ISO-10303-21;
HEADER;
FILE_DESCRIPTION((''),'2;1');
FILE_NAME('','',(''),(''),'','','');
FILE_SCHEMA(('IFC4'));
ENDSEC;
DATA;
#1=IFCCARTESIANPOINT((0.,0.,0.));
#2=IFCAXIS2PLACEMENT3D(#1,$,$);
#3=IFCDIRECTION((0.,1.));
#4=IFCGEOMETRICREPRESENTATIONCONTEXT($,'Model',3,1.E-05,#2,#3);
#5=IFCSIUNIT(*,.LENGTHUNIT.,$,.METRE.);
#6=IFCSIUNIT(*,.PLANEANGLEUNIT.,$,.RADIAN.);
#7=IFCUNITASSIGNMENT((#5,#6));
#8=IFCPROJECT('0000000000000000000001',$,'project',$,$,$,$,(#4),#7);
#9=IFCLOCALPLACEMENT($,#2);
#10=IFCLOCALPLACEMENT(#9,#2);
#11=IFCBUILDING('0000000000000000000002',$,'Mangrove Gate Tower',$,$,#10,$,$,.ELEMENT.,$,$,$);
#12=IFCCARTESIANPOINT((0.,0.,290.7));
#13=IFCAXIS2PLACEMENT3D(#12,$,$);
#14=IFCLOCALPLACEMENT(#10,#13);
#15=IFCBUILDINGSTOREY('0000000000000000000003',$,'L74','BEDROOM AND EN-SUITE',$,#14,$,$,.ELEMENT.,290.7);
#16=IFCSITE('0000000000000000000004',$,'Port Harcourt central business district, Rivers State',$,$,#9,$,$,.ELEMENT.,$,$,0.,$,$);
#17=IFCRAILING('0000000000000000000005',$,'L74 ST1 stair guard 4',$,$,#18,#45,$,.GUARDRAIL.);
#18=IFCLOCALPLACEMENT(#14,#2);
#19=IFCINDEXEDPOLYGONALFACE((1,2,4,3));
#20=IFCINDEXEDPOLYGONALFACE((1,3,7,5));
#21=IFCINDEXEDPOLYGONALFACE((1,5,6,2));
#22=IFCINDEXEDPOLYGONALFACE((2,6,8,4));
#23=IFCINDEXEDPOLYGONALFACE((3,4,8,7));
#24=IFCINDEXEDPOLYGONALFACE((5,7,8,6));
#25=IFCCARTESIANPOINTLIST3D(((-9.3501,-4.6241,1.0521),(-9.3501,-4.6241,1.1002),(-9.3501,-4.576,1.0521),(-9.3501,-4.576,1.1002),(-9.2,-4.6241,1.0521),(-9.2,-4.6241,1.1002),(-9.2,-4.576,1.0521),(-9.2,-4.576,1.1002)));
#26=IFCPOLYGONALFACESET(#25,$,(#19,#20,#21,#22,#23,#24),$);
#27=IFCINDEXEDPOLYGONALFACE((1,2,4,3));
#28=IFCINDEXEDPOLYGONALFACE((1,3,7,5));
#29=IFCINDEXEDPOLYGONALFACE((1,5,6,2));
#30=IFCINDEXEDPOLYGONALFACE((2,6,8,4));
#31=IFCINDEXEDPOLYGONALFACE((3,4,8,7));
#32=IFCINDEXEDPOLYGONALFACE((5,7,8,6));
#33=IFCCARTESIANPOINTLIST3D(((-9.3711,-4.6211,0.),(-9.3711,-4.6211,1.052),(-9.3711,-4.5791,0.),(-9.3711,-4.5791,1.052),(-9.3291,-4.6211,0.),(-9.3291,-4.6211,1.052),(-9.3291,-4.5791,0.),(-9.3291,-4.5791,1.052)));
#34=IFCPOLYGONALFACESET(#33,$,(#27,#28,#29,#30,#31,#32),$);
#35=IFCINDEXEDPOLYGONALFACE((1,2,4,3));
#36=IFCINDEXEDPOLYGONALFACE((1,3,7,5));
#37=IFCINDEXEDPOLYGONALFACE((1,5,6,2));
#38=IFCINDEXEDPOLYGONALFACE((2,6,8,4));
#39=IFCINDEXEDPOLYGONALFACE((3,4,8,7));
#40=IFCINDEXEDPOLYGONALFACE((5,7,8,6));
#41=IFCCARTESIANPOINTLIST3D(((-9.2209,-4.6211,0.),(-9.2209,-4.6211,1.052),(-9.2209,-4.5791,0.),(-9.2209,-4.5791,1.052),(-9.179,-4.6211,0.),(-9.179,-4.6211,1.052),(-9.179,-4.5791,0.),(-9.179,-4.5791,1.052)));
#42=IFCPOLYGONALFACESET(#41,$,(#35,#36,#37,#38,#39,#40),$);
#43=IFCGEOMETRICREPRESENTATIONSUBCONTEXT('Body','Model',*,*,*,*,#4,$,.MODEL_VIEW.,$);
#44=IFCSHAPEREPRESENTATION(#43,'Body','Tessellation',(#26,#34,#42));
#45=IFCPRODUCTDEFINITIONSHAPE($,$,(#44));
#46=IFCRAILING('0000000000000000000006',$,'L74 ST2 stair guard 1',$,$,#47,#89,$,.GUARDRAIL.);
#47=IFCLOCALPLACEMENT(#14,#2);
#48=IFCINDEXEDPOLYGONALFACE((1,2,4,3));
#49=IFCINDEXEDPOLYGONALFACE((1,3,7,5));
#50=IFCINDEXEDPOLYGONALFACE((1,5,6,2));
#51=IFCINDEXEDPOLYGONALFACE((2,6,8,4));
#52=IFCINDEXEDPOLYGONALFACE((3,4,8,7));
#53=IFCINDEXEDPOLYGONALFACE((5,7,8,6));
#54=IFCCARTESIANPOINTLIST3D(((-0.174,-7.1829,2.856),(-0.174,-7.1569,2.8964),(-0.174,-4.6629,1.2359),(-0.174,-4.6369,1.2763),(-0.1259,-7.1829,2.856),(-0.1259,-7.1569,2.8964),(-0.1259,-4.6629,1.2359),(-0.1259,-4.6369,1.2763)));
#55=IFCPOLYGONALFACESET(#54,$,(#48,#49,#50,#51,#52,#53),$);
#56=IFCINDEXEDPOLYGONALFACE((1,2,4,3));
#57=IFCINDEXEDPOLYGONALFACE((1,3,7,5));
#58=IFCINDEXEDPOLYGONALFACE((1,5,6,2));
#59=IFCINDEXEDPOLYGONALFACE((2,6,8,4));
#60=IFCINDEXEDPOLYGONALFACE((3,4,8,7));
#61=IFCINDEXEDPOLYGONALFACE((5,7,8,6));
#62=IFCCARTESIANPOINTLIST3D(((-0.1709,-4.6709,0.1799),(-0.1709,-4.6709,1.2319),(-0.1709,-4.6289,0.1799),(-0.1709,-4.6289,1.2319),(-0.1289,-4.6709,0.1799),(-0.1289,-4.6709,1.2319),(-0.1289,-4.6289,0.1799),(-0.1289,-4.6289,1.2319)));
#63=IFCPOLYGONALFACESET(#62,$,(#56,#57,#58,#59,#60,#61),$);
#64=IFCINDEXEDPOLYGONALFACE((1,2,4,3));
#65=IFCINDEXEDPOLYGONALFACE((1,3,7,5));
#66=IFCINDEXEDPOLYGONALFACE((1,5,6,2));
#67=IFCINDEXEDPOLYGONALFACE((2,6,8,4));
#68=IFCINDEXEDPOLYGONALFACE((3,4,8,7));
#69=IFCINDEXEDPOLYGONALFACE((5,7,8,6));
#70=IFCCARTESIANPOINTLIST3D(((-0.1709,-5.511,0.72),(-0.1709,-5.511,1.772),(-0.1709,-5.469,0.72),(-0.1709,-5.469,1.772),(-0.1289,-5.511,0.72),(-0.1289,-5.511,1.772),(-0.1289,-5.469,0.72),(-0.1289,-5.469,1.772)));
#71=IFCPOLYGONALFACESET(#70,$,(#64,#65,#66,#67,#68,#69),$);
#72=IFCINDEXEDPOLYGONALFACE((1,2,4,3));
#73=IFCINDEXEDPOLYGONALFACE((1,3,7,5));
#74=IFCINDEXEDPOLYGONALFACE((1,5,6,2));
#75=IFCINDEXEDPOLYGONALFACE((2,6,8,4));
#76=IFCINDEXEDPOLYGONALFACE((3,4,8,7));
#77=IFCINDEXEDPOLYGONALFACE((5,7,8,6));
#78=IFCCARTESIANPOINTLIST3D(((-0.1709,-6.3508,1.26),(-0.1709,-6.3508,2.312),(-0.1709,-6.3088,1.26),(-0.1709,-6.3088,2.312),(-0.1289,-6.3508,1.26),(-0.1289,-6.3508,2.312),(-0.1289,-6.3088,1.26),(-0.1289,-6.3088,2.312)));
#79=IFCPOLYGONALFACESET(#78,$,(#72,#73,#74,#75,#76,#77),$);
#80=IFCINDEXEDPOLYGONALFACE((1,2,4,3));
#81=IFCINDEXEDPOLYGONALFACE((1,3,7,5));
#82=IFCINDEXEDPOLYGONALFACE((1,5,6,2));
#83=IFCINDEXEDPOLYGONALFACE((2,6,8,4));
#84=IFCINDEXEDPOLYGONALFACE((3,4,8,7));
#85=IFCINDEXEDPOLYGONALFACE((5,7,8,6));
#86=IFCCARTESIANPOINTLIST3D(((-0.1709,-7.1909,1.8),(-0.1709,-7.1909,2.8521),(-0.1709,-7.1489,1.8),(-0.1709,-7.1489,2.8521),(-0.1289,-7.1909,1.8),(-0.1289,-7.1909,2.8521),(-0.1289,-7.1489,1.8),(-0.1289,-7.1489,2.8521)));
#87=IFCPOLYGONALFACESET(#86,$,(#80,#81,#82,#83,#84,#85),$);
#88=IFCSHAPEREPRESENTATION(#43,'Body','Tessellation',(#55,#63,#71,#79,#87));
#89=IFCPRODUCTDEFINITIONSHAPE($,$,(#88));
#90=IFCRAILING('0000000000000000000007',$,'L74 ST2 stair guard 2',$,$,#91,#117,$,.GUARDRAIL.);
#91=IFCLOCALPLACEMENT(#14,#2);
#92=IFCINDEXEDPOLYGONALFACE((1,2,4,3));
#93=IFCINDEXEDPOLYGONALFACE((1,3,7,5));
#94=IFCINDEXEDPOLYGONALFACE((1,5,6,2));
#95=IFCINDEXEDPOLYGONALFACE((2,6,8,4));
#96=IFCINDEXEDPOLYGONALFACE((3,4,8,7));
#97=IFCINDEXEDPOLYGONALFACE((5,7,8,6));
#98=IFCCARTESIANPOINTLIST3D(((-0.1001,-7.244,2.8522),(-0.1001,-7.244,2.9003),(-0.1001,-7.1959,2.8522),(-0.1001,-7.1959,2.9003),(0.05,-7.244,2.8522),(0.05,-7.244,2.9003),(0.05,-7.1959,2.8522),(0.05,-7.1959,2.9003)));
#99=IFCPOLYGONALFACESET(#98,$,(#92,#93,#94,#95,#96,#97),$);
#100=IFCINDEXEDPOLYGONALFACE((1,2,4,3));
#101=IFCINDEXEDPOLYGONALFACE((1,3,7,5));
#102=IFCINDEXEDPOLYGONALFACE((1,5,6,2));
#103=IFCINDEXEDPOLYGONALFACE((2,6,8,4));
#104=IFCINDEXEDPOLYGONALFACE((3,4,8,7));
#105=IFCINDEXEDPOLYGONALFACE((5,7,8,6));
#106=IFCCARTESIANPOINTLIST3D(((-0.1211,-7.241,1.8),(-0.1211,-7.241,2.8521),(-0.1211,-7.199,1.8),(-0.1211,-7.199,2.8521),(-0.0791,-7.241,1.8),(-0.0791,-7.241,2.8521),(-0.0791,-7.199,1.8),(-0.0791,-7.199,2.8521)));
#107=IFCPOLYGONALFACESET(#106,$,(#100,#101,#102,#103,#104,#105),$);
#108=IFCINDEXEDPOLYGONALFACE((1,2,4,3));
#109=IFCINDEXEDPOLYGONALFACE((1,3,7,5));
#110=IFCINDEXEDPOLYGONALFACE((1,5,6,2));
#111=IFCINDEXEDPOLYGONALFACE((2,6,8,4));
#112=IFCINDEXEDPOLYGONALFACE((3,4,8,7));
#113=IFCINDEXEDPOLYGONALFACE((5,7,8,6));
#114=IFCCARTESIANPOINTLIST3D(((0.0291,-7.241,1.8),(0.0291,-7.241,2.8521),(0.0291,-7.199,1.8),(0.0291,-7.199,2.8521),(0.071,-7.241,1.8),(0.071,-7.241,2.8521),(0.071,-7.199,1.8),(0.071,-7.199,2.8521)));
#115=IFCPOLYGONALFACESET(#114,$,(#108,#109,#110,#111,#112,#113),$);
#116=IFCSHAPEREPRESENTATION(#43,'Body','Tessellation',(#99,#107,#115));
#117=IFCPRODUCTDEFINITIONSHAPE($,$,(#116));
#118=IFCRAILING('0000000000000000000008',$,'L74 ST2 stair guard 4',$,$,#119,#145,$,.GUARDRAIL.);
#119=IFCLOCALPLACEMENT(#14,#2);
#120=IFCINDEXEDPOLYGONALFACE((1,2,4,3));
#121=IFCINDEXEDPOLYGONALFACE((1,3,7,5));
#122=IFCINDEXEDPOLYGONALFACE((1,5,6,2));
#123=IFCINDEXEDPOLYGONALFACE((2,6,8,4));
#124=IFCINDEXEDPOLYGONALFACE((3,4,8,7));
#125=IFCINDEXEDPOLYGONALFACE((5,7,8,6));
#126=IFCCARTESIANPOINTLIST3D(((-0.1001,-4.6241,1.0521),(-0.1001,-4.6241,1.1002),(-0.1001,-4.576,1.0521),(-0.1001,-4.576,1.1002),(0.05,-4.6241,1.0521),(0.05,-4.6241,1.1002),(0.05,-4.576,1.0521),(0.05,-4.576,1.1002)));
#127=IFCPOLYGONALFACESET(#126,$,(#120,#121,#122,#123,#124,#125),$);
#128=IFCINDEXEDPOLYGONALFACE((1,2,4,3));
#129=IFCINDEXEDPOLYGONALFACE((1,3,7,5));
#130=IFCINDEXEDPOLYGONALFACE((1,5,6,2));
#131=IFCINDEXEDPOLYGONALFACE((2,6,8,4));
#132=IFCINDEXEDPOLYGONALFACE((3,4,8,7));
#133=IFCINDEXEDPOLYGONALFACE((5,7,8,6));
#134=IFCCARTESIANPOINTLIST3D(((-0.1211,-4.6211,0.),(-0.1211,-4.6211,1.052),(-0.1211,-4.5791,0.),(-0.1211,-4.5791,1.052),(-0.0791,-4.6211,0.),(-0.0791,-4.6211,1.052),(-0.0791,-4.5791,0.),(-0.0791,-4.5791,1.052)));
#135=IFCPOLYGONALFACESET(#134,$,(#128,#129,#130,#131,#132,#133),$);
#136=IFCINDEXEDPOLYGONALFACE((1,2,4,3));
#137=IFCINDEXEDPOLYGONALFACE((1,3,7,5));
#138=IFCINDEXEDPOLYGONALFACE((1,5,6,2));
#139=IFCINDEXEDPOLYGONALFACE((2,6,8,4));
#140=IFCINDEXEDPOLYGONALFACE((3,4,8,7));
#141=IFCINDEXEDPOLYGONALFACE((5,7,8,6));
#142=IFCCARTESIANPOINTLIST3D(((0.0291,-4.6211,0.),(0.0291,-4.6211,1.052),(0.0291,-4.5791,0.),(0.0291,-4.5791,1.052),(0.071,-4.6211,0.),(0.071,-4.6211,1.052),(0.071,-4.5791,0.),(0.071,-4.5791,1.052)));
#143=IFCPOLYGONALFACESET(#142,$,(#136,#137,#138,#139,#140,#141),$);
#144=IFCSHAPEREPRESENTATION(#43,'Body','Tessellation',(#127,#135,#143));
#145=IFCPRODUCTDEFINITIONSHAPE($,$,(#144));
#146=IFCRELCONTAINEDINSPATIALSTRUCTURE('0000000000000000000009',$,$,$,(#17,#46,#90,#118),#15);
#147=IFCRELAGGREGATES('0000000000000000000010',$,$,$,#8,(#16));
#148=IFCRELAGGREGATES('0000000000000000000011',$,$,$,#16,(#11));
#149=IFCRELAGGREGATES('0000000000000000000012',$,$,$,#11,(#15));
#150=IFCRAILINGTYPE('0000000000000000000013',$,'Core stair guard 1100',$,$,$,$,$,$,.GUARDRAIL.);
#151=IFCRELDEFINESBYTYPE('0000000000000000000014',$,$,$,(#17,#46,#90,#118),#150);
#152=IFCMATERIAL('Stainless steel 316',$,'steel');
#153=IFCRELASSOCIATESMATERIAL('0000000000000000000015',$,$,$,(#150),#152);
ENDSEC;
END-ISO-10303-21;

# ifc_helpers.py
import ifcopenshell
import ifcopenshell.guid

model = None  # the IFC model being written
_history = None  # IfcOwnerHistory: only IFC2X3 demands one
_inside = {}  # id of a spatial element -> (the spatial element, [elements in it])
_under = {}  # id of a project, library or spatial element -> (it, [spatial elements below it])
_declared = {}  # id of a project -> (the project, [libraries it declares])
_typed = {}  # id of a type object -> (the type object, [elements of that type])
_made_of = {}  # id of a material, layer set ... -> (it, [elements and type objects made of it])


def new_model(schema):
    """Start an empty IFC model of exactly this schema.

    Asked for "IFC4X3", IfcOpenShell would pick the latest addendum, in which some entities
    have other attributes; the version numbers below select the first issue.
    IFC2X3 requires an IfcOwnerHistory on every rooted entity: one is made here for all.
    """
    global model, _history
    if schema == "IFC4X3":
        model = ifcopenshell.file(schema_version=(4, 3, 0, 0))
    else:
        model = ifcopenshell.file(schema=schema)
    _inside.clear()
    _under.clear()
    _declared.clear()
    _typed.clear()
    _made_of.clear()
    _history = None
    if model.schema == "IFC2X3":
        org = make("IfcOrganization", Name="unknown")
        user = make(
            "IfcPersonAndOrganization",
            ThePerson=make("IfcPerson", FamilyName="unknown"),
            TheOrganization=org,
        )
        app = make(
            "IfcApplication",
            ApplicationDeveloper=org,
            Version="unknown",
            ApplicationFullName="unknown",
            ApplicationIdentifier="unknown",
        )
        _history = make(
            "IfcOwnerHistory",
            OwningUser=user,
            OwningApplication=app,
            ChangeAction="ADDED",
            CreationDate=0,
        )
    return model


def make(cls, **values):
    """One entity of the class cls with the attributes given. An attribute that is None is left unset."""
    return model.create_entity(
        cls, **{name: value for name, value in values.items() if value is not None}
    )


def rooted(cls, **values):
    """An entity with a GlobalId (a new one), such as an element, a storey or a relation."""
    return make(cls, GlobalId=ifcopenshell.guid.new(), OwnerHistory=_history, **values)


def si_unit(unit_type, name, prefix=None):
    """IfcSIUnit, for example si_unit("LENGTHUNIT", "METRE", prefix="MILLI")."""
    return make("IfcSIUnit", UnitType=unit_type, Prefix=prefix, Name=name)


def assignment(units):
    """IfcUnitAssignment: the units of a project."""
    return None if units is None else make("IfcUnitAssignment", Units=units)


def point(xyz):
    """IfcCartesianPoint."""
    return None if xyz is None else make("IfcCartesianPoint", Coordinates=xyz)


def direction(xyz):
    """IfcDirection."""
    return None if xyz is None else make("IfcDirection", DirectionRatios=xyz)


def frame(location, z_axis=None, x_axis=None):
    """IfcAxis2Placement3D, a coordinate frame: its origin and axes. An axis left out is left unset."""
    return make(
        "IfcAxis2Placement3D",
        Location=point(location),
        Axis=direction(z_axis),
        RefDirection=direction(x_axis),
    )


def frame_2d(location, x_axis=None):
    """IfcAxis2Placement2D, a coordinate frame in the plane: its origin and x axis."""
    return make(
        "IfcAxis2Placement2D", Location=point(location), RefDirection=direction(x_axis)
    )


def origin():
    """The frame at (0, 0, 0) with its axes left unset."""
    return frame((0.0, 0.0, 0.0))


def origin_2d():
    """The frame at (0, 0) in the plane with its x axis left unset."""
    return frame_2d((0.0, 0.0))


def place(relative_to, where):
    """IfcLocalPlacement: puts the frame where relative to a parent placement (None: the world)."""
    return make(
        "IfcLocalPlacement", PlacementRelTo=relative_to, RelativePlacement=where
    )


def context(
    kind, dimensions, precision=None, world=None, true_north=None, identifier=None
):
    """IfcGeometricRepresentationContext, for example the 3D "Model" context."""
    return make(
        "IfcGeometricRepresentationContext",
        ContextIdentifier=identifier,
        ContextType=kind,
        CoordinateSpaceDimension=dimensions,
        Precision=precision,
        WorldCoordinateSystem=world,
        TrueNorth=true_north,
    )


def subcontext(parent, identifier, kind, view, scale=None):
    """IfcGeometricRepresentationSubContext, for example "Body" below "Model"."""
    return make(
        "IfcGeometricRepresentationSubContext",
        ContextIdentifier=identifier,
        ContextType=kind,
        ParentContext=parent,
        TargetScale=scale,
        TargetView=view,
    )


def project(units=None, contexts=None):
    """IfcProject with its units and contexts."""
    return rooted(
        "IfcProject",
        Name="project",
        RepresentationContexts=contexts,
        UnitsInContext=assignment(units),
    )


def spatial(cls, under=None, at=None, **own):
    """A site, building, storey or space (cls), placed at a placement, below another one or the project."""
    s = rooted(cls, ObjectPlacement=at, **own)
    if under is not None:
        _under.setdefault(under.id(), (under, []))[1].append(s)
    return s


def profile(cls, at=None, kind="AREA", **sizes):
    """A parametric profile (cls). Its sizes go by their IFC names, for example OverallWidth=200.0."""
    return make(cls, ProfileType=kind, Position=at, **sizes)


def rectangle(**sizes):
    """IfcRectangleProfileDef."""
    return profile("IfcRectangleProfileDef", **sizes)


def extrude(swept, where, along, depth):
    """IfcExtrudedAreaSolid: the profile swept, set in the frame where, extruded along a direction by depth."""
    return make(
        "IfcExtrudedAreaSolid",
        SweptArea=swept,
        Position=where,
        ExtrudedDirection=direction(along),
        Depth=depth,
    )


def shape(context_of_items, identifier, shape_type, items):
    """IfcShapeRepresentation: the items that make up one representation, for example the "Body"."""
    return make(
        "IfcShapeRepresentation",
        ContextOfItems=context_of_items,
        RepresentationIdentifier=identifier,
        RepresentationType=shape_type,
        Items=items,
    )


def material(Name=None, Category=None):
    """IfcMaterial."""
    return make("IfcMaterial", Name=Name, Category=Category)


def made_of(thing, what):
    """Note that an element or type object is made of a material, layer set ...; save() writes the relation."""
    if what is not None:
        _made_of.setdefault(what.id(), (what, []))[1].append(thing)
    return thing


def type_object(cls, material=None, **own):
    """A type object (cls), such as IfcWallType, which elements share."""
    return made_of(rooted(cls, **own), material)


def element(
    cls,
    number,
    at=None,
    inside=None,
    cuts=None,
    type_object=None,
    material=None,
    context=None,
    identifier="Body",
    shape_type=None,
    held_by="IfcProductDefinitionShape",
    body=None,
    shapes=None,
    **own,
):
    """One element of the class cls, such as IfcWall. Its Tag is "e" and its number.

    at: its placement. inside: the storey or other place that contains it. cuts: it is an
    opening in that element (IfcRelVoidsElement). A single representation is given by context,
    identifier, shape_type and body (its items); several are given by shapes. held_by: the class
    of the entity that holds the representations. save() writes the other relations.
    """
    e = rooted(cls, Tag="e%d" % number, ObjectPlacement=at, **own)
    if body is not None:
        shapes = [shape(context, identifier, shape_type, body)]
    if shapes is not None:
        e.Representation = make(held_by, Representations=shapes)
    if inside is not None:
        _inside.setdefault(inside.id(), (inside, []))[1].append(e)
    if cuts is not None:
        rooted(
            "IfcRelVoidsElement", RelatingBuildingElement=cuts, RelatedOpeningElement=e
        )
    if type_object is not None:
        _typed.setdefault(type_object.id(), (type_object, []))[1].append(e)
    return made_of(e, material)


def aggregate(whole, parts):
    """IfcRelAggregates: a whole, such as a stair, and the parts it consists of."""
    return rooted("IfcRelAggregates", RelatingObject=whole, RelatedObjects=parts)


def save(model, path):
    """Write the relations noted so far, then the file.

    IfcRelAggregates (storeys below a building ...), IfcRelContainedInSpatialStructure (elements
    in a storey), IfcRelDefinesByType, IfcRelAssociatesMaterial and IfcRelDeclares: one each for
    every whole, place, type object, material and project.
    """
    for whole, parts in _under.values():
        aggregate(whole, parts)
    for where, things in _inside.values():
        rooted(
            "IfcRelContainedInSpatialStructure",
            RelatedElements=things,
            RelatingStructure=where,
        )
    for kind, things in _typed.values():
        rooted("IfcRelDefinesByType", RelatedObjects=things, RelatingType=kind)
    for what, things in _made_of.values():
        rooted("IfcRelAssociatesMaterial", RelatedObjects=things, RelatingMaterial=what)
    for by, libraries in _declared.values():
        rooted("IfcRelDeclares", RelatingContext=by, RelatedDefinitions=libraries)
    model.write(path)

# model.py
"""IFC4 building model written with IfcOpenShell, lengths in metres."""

from ifc_helpers import new_model, si_unit, direction, frame, origin, origin_2d, place, context, subcontext, project, spatial, rectangle, extrude, material, type_object, element, save


model = new_model("IFC4")

# Units and contexts
model_context = context("Model", 3, precision=1e-05, world=origin(), true_north=direction((0.0, 1.0)))
body_context = subcontext(model_context, "Body", "Model", "MODEL_VIEW")
ifc_project = project(units=[si_unit("LENGTHUNIT", "METRE"), si_unit("PLANEANGLEUNIT", "RADIAN")], contexts=[model_context])

# Site, building, storey
site_placement = place(None, origin())
site = spatial("IfcSite", under=ifc_project, at=site_placement, Name="Port Harcourt central business district, Rivers State", CompositionType="ELEMENT", RefElevation=0.0)
building_placement = place(site_placement, origin())
building = spatial("IfcBuilding", under=site, at=building_placement, Name="Mangrove Gate Tower", CompositionType="ELEMENT")
storey_placement = place(building_placement, frame((0.0, 0.0, 290.7)))
storey = spatial("IfcBuildingStorey", under=building, at=storey_placement, Name="L74", Description="BEDROOM AND EN-SUITE", CompositionType="ELEMENT", Elevation=290.7)

# Railings
ifc_material_1 = material(Name="Stainless steel 316", Category="steel")
railing_type_1 = type_object("IfcRailingType", Name="Core stair guard 1100", PredefinedType="GUARDRAIL", material=ifc_material_1)
railing_1_placement = place(storey_placement, frame((-9.3501, -4.6001, 0.0)))
element("IfcRailing", 1, at=railing_1_placement, inside=storey, type_object=railing_type_1, Name="L74 ST1 stair guard 4", PredefinedType="GUARDRAIL", context=body_context, shape_type="SweptSolid", body=[
    extrude(rectangle(XDim=0.0481, YDim=0.0481, at=origin_2d()), frame((0.0, 0.0, 1.0762), z_axis=(1.0, 0.0, 0.0), x_axis=(0.0, 1.0, 0.0)), (0.0, 0.0, 1.0), 0.1501),
    extrude(rectangle(XDim=0.042, YDim=0.042, at=origin_2d()), origin(), (0.0, 0.0, 1.0), 1.052),
    extrude(rectangle(XDim=0.042, YDim=0.042, at=origin_2d()), frame((0.1501, 0.0, 0.0)), (0.0, 0.0, 1.0), 1.052),
])
railing_2_placement = place(storey_placement, frame((-0.1499, -4.6499, 0.1799)))
element("IfcRailing", 2, at=railing_2_placement, inside=storey, type_object=railing_type_1, Name="L74 ST2 stair guard 1", PredefinedType="GUARDRAIL", context=body_context, shape_type="SweptSolid", body=[
    extrude(rectangle(XDim=0.0481, YDim=0.0481, at=origin_2d()), frame((0.0, 0.0, 1.0762), z_axis=(0.0, -0.841163, 0.540782), x_axis=(1.0, 0.0, 0.0)), (0.0, 0.0, 1.0), 2.9958),
    extrude(rectangle(XDim=0.042, YDim=0.042, at=origin_2d()), origin(), (0.0, 0.0, 1.0), 1.052),
    extrude(rectangle(XDim=0.042, YDim=0.042, at=origin_2d()), frame((0.0, -0.8401, 0.54)), (0.0, 0.0, 1.0), 1.052),
    extrude(rectangle(XDim=0.042, YDim=0.042, at=origin_2d()), frame((0.0, -1.6799, 1.0801)), (0.0, 0.0, 1.0), 1.052),
    extrude(rectangle(XDim=0.042, YDim=0.042, at=origin_2d()), frame((0.0, -2.52, 1.6201)), (0.0, 0.0, 1.0), 1.052),
])
for number, where, name in (
    (3, (-0.1001, -7.22, 1.8), "L74 ST2 stair guard 2"),
    (4, (-0.1001, -4.6001, 0.0), "L74 ST2 stair guard 4"),
):
    element("IfcRailing", number, at=place(storey_placement, frame(where)), inside=storey, type_object=railing_type_1, Name=name, PredefinedType="GUARDRAIL", context=body_context, shape_type="SweptSolid", body=[
        extrude(rectangle(XDim=0.0481, YDim=0.0481, at=origin_2d()), frame((0.0, 0.0, 1.0762), z_axis=(1.0, 0.0, 0.0), x_axis=(0.0, 1.0, 0.0)), (0.0, 0.0, 1.0), 0.1501),
        extrude(rectangle(XDim=0.042, YDim=0.042, at=origin_2d()), origin(), (0.0, 0.0, 1.0), 1.052),
        extrude(rectangle(XDim=0.042, YDim=0.042, at=origin_2d()), frame((0.1501, 0.0, 0.0)), (0.0, 0.0, 1.0), 1.052),
    ])

save(model, "model.ifc")
